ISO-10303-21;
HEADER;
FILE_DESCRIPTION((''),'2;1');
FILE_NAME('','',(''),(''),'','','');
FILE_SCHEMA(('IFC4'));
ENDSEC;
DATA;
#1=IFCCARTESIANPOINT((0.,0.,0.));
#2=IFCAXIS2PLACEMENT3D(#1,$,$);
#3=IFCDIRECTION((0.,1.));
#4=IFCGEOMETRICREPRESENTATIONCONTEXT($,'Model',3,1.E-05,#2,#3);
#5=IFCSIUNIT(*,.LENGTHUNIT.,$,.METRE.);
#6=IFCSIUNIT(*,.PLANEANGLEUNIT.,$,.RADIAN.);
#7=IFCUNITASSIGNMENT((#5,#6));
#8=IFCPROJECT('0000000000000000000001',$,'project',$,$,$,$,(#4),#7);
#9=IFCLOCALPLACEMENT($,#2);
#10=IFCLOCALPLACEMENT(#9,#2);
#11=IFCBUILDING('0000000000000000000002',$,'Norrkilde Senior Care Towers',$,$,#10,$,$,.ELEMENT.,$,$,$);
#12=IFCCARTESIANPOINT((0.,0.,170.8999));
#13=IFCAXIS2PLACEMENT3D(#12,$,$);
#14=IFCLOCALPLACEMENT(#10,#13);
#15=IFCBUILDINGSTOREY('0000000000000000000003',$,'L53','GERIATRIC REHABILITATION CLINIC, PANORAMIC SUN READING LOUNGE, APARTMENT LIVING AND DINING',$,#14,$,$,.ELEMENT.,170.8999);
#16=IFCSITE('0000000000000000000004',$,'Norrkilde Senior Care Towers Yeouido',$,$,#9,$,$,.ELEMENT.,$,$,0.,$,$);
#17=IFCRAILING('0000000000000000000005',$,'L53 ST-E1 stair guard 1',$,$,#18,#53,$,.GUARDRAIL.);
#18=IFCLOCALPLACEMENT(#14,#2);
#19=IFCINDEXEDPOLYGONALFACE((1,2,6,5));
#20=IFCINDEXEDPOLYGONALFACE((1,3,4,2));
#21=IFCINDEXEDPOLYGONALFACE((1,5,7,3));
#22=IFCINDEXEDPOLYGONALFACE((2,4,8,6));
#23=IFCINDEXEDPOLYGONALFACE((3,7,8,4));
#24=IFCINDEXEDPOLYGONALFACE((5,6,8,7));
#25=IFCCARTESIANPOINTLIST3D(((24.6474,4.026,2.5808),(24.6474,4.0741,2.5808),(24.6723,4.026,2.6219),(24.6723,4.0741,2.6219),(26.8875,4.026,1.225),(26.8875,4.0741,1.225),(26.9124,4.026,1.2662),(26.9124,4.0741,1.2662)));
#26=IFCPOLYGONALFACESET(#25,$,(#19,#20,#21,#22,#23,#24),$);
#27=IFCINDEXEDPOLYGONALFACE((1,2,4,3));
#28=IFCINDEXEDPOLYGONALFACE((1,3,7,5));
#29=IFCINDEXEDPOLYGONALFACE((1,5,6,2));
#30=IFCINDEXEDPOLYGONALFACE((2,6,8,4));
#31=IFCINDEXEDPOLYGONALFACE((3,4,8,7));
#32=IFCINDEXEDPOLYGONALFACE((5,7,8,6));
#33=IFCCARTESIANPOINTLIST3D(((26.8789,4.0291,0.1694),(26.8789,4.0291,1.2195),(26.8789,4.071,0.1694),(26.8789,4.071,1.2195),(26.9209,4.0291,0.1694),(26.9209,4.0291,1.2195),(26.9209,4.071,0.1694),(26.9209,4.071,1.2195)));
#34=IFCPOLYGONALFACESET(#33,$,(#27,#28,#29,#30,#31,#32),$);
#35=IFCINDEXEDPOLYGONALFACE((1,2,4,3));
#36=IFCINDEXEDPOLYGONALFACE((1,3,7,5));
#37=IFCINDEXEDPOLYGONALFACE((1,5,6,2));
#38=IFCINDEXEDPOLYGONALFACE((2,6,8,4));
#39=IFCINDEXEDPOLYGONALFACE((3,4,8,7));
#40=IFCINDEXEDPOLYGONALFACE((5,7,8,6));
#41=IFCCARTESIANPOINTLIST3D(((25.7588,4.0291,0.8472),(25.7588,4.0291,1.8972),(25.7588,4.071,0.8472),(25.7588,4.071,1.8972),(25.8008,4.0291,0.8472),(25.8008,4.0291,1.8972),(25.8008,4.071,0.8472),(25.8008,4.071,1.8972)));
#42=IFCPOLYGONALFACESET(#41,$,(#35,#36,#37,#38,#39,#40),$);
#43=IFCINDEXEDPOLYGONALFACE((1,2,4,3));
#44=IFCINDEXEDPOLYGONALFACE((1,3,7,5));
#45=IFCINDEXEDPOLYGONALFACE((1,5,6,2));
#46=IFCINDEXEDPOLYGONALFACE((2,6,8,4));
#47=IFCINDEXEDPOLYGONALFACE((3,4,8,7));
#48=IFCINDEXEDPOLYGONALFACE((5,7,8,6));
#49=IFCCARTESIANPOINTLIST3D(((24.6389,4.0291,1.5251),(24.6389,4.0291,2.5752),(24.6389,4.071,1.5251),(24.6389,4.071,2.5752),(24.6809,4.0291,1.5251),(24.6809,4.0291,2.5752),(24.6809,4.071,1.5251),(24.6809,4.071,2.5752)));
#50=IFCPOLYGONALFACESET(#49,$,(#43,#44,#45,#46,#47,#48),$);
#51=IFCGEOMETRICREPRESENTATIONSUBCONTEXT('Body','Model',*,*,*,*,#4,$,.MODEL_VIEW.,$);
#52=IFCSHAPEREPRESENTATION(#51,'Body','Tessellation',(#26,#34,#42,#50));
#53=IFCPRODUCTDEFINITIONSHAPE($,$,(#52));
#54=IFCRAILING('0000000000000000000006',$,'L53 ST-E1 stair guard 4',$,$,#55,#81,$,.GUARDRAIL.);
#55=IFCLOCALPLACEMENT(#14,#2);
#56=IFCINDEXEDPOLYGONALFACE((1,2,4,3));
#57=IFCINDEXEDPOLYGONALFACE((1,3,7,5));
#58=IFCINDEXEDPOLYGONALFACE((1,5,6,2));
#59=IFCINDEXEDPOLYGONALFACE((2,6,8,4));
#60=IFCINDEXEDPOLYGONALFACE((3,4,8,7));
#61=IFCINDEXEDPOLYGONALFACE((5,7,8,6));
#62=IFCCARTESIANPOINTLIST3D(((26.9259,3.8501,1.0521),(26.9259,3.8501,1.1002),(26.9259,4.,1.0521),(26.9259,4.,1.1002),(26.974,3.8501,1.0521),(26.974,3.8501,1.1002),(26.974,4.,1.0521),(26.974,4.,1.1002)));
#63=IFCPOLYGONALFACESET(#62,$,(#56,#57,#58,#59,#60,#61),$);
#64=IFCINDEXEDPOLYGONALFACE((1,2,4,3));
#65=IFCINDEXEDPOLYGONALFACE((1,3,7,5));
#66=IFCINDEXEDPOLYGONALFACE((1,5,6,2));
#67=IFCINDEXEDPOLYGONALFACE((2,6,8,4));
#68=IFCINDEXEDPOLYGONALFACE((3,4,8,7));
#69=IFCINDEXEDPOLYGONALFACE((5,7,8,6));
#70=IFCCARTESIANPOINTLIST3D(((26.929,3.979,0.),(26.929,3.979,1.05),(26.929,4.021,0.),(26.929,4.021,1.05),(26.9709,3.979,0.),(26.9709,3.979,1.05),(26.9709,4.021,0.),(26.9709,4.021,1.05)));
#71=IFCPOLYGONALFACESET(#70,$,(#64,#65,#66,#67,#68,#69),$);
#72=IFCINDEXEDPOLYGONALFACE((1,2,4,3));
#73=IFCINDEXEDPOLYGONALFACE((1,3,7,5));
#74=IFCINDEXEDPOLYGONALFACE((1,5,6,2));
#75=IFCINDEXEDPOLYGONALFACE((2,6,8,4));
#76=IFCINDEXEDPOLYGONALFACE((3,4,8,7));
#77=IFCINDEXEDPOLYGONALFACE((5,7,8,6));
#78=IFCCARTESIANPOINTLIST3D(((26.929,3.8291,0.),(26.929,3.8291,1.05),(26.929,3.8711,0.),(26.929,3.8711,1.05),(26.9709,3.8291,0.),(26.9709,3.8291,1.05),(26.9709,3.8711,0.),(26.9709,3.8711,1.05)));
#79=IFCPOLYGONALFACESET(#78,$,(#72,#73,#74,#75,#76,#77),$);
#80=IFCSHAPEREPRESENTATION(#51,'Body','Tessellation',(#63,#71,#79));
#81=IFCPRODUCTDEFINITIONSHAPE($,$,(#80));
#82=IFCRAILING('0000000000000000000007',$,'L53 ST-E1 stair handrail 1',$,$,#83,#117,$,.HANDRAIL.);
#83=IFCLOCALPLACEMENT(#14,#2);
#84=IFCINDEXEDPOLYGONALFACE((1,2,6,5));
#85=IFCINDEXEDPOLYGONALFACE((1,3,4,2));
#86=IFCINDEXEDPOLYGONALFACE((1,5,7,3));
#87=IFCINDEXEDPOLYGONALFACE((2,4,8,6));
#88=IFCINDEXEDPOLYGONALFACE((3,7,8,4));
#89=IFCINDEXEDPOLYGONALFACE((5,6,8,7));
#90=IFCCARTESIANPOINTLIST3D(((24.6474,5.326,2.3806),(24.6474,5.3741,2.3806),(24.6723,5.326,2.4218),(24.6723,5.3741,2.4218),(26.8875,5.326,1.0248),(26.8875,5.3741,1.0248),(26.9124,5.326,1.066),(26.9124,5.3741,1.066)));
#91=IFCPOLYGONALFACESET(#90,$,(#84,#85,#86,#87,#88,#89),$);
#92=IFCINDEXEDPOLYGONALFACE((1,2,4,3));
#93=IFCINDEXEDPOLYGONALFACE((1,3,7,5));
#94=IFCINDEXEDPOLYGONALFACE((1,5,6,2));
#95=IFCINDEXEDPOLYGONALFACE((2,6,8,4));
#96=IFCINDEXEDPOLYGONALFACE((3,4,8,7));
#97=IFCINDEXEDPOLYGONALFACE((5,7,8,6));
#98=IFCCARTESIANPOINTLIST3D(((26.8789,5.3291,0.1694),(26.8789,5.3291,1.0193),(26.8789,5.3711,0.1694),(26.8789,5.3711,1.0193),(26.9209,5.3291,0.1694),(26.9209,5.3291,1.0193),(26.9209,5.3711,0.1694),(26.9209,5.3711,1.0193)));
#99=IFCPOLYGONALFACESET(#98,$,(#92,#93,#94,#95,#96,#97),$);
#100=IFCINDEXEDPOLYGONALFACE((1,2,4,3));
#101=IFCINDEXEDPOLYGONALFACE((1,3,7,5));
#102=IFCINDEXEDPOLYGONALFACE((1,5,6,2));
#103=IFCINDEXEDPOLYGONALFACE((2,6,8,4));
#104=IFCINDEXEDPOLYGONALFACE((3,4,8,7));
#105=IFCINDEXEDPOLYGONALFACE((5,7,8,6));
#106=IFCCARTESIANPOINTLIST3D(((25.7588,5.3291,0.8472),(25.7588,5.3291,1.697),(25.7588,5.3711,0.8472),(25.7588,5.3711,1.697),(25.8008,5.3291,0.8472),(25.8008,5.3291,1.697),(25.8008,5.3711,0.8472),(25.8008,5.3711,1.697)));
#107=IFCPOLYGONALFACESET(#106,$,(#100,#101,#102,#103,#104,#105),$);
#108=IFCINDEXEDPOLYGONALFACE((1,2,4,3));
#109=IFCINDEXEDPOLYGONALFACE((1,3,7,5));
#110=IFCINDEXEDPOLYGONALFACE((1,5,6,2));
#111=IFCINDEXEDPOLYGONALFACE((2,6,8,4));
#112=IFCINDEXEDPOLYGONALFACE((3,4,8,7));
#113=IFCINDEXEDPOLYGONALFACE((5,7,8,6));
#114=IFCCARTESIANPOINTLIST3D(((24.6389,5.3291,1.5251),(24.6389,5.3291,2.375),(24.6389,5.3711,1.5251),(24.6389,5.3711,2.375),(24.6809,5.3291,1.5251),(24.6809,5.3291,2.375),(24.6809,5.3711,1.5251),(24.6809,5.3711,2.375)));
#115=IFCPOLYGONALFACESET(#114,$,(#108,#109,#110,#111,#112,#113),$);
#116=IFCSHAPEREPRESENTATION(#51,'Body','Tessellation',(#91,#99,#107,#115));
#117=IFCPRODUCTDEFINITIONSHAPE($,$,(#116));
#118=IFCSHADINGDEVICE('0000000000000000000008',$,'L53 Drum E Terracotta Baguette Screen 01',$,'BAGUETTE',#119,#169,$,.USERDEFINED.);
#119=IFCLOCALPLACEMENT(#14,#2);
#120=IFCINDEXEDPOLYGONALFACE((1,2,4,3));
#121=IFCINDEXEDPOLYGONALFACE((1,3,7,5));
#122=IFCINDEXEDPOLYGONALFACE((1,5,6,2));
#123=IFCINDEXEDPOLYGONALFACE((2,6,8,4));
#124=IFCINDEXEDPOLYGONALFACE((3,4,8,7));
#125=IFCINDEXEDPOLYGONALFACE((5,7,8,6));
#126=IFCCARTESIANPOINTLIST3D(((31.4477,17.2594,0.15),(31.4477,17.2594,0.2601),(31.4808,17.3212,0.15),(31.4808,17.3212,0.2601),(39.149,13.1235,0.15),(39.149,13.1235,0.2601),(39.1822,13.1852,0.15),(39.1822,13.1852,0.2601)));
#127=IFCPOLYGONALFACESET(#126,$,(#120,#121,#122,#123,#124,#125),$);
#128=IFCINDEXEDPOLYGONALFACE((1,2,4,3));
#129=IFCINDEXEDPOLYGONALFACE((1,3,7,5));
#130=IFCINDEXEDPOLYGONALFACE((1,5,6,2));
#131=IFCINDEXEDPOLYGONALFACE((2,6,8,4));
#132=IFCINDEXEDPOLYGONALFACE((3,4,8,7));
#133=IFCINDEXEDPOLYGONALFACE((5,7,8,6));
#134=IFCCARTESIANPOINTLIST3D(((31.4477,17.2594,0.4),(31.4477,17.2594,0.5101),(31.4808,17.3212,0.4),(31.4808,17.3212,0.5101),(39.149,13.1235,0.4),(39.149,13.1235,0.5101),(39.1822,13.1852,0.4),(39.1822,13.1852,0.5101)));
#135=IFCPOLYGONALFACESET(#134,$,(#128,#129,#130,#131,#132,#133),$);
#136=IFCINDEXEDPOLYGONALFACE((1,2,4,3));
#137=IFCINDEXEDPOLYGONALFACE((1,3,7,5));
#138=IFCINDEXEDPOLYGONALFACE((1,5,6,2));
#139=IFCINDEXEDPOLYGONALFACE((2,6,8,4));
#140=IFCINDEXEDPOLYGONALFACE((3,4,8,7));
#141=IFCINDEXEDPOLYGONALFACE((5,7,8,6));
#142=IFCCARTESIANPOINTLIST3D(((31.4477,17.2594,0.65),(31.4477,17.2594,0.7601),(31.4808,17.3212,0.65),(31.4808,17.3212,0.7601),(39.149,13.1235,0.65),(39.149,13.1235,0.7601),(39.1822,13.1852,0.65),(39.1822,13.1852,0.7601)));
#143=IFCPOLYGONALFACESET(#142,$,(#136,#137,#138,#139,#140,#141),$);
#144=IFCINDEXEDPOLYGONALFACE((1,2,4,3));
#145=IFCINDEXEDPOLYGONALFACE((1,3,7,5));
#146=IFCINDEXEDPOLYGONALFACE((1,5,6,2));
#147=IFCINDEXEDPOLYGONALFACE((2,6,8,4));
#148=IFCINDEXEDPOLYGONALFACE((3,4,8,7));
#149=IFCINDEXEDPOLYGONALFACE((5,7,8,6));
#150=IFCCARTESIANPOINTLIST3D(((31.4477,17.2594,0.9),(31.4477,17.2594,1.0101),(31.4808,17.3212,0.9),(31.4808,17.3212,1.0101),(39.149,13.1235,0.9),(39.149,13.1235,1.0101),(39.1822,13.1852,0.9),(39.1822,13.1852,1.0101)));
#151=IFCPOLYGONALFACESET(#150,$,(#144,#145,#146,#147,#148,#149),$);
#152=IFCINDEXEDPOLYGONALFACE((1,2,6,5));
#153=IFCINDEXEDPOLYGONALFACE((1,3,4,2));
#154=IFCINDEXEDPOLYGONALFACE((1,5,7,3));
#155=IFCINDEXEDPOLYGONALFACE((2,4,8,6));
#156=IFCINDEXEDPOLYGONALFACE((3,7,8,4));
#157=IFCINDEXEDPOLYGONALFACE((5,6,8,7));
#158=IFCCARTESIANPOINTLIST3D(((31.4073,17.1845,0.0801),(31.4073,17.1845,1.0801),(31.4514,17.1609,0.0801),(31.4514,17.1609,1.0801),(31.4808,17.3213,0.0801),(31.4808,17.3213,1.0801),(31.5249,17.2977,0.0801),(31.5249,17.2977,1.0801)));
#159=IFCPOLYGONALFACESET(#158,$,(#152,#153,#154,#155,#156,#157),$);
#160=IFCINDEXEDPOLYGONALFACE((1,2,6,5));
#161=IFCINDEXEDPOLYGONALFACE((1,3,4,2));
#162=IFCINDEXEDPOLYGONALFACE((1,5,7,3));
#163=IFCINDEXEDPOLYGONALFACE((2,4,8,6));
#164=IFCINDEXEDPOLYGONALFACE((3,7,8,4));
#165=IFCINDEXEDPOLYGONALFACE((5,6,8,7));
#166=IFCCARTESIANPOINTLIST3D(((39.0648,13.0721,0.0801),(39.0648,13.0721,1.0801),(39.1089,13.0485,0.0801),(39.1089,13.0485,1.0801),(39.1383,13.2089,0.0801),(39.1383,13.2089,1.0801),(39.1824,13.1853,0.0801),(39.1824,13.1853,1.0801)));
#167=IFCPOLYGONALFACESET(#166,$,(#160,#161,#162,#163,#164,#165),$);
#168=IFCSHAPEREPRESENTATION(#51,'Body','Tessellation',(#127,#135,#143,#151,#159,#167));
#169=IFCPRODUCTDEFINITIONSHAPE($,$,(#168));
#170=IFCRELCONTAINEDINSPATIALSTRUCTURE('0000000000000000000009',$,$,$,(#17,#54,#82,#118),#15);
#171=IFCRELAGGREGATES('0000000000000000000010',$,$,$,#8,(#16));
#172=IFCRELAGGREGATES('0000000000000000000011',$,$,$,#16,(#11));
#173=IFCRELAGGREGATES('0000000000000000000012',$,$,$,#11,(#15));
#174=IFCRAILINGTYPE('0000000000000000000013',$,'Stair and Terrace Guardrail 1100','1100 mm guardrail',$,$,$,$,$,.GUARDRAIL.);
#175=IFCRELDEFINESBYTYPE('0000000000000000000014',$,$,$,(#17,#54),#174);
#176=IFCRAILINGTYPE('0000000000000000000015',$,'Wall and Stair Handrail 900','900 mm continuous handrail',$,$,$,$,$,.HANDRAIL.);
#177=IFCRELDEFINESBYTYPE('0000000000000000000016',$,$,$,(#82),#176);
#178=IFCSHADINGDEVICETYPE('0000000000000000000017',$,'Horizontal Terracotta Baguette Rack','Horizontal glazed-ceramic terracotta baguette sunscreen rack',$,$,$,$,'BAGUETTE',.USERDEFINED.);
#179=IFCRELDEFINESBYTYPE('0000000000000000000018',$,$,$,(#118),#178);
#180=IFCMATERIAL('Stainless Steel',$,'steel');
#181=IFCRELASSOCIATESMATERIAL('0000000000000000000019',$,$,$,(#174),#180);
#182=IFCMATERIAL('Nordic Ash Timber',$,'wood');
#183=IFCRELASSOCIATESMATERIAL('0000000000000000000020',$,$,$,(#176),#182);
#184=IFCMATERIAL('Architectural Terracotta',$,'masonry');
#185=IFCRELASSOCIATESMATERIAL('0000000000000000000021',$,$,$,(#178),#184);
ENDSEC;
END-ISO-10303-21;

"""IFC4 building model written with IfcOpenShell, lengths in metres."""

from ifc_helpers import new_model, si_unit, direction, frame, origin, origin_2d, place, context, subcontext, project, spatial, rectangle, extrude, source, transform, mapped, material, type_object, type_shapes, element, save


model = new_model("IFC4")

# Units and contexts
model_context = context("Model", 3, precision=1e-05, world=origin(), true_north=direction((0.0, 1.0)))
body_context = subcontext(model_context, "Body", "Model", "MODEL_VIEW")
ifc_project = project(units=[si_unit("LENGTHUNIT", "METRE"), si_unit("PLANEANGLEUNIT", "RADIAN")], contexts=[model_context])

# Site, building, storey
site_placement = place(None, origin())
site = spatial("IfcSite", under=ifc_project, at=site_placement, Name="Norrkilde Senior Care Towers Yeouido", CompositionType="ELEMENT", RefElevation=0.0)
building_placement = place(site_placement, origin())
building = spatial("IfcBuilding", under=site, at=building_placement, Name="Norrkilde Senior Care Towers", CompositionType="ELEMENT")
storey_placement = place(building_placement, frame((0.0, 0.0, 170.8999)))
storey = spatial("IfcBuildingStorey", under=building, at=storey_placement, Name="L53", Description="GERIATRIC REHABILITATION CLINIC, PANORAMIC SUN READING LOUNGE, APARTMENT LIVING AND DINING", CompositionType="ELEMENT", Elevation=170.8999)

# Shared definitions
ifc_material_1 = material(Name="Nordic Ash Timber", Category="wood")

# Railings
ifc_material_2 = material(Name="Stainless Steel", Category="steel")
railing_type_1 = type_object("IfcRailingType", Name="Stair and Terrace Guardrail 1100", Description="1100 mm guardrail", PredefinedType="GUARDRAIL", material=ifc_material_2)
railing_1_placement = place(storey_placement, frame((26.8999, 4.05, 0.1694)))
element("IfcRailing", 1, at=railing_1_placement, inside=storey, type_object=railing_type_1, Name="L53 ST-E1 stair guard 1", PredefinedType="GUARDRAIL", context=body_context, shape_type="SweptSolid", body=[
    extrude(rectangle(XDim=0.0481, YDim=0.0481, at=origin_2d()), frame((0.0, 0.0, 1.0762), z_axis=(-0.855512, 0.0, 0.517783), x_axis=(0.0, -1.0, 0.0)), (0.0, 0.0, 1.0), 2.6184),
    extrude(rectangle(XDim=0.042, YDim=0.042, at=origin_2d()), origin(), (0.0, 0.0, 1.0), 1.05),
    extrude(rectangle(XDim=0.042, YDim=0.042, at=origin_2d()), frame((-1.1201, 0.0, 0.6777)), (0.0, 0.0, 1.0), 1.05),
    extrude(rectangle(XDim=0.042, YDim=0.042, at=origin_2d()), frame((-2.24, 0.0, 1.3557)), (0.0, 0.0, 1.0), 1.05),
])
railing_2_placement = place(storey_placement, frame((26.95, 4.0, 0.0)))
element("IfcRailing", 2, at=railing_2_placement, inside=storey, type_object=railing_type_1, Name="L53 ST-E1 stair guard 4", PredefinedType="GUARDRAIL", context=body_context, shape_type="SweptSolid", body=[
    extrude(rectangle(XDim=0.0481, YDim=0.0481, at=origin_2d()), frame((0.0, 0.0, 1.0762), z_axis=(0.0, -1.0, 0.0), x_axis=(1.0, 0.0, 0.0)), (0.0, 0.0, 1.0), 0.1499),
    extrude(rectangle(XDim=0.042, YDim=0.042, at=origin_2d()), origin(), (0.0, 0.0, 1.0), 1.05),
    extrude(rectangle(XDim=0.042, YDim=0.042, at=origin_2d()), frame((0.0, -0.1499, 0.0)), (0.0, 0.0, 1.0), 1.05),
])
railing_type_2 = type_object("IfcRailingType", Name="Wall and Stair Handrail 900", Description="900 mm continuous handrail", PredefinedType="HANDRAIL", material=ifc_material_1)
railing_3_placement = place(storey_placement, frame((26.8999, 5.3501, 0.1694)))
element("IfcRailing", 3, at=railing_3_placement, inside=storey, type_object=railing_type_2, Name="L53 ST-E1 stair handrail 1", PredefinedType="HANDRAIL", context=body_context, shape_type="SweptSolid", body=[
    extrude(rectangle(XDim=0.0481, YDim=0.0481, at=origin_2d()), frame((0.0, 0.0, 0.876), z_axis=(-0.855512, 0.0, 0.517783), x_axis=(0.0, -1.0, 0.0)), (0.0, 0.0, 1.0), 2.6184),
    extrude(rectangle(XDim=0.042, YDim=0.042, at=origin_2d()), origin(), (0.0, 0.0, 1.0), 0.8499),
    extrude(rectangle(XDim=0.042, YDim=0.042, at=origin_2d()), frame((-1.1201, 0.0, 0.6777)), (0.0, 0.0, 1.0), 0.8499),
    extrude(rectangle(XDim=0.042, YDim=0.042, at=origin_2d()), frame((-2.24, 0.0, 1.3557)), (0.0, 0.0, 1.0), 0.8499),
])

# Shading device
ifc_material_3 = material(Name="Architectural Terracotta", Category="masonry")
shading_device_type = type_object("IfcShadingDeviceType", Name="Horizontal Terracotta Baguette Rack", Description="Horizontal glazed-ceramic terracotta baguette sunscreen rack", ElementType="BAGUETTE", PredefinedType="USERDEFINED", material=ifc_material_3)
shared_shape_1 = source(origin(), body_context, "Body", "SweptSolid", [
    extrude(rectangle(XDim=0.0701, YDim=0.1101, at=origin_2d()), frame((0.0, 0.0901, 0.125), z_axis=(1.0, 0.0, 0.0), x_axis=(0.0, 1.0, 0.0)), (0.0, 0.0, 1.0), 8.7417),
    extrude(rectangle(XDim=0.0701, YDim=0.1101, at=origin_2d()), frame((0.0, 0.0901, 0.375), z_axis=(1.0, 0.0, 0.0), x_axis=(0.0, 1.0, 0.0)), (0.0, 0.0, 1.0), 8.7417),
    extrude(rectangle(XDim=0.0701, YDim=0.1101, at=origin_2d()), frame((0.0, 0.0901, 0.625), z_axis=(1.0, 0.0, 0.0), x_axis=(0.0, 1.0, 0.0)), (0.0, 0.0, 1.0), 8.7417),
    extrude(rectangle(XDim=0.0701, YDim=0.1101, at=origin_2d()), frame((0.0, 0.0901, 0.875), z_axis=(1.0, 0.0, 0.0), x_axis=(0.0, 1.0, 0.0)), (0.0, 0.0, 1.0), 8.7417),
    extrude(rectangle(XDim=0.05, YDim=0.1553, at=origin_2d()), frame((0.0249, 0.0476, 0.0)), (0.0, 0.0, 1.0), 1.0),
    extrude(rectangle(XDim=0.05, YDim=0.1553, at=origin_2d()), frame((8.7168, 0.0476, 0.0)), (0.0, 0.0, 1.0), 1.0),
])
type_shapes(shading_device_type, [shared_shape_1])
shading_device_placement = place(storey_placement, frame((31.4216, 17.2109, 0.0801), z_axis=(0.0, 0.0, 1.0), x_axis=(0.880998, -0.473133, 0.0)))
element("IfcShadingDevice", 4, at=shading_device_placement, inside=storey, type_object=shading_device_type, Name="L53 Drum E Terracotta Baguette Screen 01", ObjectType="BAGUETTE", PredefinedType="USERDEFINED", context=body_context, shape_type="MappedRepresentation", body=[
    mapped(shared_shape_1, transform((0.0, 0.0, 0.0), x_axis=(1.0, 0.0, 0.0), y_axis=(0.0, 1.0, 0.0), z_axis=(0.0, 0.0, 1.0), scale=1.0)),
])

save(model, "model.ifc")
